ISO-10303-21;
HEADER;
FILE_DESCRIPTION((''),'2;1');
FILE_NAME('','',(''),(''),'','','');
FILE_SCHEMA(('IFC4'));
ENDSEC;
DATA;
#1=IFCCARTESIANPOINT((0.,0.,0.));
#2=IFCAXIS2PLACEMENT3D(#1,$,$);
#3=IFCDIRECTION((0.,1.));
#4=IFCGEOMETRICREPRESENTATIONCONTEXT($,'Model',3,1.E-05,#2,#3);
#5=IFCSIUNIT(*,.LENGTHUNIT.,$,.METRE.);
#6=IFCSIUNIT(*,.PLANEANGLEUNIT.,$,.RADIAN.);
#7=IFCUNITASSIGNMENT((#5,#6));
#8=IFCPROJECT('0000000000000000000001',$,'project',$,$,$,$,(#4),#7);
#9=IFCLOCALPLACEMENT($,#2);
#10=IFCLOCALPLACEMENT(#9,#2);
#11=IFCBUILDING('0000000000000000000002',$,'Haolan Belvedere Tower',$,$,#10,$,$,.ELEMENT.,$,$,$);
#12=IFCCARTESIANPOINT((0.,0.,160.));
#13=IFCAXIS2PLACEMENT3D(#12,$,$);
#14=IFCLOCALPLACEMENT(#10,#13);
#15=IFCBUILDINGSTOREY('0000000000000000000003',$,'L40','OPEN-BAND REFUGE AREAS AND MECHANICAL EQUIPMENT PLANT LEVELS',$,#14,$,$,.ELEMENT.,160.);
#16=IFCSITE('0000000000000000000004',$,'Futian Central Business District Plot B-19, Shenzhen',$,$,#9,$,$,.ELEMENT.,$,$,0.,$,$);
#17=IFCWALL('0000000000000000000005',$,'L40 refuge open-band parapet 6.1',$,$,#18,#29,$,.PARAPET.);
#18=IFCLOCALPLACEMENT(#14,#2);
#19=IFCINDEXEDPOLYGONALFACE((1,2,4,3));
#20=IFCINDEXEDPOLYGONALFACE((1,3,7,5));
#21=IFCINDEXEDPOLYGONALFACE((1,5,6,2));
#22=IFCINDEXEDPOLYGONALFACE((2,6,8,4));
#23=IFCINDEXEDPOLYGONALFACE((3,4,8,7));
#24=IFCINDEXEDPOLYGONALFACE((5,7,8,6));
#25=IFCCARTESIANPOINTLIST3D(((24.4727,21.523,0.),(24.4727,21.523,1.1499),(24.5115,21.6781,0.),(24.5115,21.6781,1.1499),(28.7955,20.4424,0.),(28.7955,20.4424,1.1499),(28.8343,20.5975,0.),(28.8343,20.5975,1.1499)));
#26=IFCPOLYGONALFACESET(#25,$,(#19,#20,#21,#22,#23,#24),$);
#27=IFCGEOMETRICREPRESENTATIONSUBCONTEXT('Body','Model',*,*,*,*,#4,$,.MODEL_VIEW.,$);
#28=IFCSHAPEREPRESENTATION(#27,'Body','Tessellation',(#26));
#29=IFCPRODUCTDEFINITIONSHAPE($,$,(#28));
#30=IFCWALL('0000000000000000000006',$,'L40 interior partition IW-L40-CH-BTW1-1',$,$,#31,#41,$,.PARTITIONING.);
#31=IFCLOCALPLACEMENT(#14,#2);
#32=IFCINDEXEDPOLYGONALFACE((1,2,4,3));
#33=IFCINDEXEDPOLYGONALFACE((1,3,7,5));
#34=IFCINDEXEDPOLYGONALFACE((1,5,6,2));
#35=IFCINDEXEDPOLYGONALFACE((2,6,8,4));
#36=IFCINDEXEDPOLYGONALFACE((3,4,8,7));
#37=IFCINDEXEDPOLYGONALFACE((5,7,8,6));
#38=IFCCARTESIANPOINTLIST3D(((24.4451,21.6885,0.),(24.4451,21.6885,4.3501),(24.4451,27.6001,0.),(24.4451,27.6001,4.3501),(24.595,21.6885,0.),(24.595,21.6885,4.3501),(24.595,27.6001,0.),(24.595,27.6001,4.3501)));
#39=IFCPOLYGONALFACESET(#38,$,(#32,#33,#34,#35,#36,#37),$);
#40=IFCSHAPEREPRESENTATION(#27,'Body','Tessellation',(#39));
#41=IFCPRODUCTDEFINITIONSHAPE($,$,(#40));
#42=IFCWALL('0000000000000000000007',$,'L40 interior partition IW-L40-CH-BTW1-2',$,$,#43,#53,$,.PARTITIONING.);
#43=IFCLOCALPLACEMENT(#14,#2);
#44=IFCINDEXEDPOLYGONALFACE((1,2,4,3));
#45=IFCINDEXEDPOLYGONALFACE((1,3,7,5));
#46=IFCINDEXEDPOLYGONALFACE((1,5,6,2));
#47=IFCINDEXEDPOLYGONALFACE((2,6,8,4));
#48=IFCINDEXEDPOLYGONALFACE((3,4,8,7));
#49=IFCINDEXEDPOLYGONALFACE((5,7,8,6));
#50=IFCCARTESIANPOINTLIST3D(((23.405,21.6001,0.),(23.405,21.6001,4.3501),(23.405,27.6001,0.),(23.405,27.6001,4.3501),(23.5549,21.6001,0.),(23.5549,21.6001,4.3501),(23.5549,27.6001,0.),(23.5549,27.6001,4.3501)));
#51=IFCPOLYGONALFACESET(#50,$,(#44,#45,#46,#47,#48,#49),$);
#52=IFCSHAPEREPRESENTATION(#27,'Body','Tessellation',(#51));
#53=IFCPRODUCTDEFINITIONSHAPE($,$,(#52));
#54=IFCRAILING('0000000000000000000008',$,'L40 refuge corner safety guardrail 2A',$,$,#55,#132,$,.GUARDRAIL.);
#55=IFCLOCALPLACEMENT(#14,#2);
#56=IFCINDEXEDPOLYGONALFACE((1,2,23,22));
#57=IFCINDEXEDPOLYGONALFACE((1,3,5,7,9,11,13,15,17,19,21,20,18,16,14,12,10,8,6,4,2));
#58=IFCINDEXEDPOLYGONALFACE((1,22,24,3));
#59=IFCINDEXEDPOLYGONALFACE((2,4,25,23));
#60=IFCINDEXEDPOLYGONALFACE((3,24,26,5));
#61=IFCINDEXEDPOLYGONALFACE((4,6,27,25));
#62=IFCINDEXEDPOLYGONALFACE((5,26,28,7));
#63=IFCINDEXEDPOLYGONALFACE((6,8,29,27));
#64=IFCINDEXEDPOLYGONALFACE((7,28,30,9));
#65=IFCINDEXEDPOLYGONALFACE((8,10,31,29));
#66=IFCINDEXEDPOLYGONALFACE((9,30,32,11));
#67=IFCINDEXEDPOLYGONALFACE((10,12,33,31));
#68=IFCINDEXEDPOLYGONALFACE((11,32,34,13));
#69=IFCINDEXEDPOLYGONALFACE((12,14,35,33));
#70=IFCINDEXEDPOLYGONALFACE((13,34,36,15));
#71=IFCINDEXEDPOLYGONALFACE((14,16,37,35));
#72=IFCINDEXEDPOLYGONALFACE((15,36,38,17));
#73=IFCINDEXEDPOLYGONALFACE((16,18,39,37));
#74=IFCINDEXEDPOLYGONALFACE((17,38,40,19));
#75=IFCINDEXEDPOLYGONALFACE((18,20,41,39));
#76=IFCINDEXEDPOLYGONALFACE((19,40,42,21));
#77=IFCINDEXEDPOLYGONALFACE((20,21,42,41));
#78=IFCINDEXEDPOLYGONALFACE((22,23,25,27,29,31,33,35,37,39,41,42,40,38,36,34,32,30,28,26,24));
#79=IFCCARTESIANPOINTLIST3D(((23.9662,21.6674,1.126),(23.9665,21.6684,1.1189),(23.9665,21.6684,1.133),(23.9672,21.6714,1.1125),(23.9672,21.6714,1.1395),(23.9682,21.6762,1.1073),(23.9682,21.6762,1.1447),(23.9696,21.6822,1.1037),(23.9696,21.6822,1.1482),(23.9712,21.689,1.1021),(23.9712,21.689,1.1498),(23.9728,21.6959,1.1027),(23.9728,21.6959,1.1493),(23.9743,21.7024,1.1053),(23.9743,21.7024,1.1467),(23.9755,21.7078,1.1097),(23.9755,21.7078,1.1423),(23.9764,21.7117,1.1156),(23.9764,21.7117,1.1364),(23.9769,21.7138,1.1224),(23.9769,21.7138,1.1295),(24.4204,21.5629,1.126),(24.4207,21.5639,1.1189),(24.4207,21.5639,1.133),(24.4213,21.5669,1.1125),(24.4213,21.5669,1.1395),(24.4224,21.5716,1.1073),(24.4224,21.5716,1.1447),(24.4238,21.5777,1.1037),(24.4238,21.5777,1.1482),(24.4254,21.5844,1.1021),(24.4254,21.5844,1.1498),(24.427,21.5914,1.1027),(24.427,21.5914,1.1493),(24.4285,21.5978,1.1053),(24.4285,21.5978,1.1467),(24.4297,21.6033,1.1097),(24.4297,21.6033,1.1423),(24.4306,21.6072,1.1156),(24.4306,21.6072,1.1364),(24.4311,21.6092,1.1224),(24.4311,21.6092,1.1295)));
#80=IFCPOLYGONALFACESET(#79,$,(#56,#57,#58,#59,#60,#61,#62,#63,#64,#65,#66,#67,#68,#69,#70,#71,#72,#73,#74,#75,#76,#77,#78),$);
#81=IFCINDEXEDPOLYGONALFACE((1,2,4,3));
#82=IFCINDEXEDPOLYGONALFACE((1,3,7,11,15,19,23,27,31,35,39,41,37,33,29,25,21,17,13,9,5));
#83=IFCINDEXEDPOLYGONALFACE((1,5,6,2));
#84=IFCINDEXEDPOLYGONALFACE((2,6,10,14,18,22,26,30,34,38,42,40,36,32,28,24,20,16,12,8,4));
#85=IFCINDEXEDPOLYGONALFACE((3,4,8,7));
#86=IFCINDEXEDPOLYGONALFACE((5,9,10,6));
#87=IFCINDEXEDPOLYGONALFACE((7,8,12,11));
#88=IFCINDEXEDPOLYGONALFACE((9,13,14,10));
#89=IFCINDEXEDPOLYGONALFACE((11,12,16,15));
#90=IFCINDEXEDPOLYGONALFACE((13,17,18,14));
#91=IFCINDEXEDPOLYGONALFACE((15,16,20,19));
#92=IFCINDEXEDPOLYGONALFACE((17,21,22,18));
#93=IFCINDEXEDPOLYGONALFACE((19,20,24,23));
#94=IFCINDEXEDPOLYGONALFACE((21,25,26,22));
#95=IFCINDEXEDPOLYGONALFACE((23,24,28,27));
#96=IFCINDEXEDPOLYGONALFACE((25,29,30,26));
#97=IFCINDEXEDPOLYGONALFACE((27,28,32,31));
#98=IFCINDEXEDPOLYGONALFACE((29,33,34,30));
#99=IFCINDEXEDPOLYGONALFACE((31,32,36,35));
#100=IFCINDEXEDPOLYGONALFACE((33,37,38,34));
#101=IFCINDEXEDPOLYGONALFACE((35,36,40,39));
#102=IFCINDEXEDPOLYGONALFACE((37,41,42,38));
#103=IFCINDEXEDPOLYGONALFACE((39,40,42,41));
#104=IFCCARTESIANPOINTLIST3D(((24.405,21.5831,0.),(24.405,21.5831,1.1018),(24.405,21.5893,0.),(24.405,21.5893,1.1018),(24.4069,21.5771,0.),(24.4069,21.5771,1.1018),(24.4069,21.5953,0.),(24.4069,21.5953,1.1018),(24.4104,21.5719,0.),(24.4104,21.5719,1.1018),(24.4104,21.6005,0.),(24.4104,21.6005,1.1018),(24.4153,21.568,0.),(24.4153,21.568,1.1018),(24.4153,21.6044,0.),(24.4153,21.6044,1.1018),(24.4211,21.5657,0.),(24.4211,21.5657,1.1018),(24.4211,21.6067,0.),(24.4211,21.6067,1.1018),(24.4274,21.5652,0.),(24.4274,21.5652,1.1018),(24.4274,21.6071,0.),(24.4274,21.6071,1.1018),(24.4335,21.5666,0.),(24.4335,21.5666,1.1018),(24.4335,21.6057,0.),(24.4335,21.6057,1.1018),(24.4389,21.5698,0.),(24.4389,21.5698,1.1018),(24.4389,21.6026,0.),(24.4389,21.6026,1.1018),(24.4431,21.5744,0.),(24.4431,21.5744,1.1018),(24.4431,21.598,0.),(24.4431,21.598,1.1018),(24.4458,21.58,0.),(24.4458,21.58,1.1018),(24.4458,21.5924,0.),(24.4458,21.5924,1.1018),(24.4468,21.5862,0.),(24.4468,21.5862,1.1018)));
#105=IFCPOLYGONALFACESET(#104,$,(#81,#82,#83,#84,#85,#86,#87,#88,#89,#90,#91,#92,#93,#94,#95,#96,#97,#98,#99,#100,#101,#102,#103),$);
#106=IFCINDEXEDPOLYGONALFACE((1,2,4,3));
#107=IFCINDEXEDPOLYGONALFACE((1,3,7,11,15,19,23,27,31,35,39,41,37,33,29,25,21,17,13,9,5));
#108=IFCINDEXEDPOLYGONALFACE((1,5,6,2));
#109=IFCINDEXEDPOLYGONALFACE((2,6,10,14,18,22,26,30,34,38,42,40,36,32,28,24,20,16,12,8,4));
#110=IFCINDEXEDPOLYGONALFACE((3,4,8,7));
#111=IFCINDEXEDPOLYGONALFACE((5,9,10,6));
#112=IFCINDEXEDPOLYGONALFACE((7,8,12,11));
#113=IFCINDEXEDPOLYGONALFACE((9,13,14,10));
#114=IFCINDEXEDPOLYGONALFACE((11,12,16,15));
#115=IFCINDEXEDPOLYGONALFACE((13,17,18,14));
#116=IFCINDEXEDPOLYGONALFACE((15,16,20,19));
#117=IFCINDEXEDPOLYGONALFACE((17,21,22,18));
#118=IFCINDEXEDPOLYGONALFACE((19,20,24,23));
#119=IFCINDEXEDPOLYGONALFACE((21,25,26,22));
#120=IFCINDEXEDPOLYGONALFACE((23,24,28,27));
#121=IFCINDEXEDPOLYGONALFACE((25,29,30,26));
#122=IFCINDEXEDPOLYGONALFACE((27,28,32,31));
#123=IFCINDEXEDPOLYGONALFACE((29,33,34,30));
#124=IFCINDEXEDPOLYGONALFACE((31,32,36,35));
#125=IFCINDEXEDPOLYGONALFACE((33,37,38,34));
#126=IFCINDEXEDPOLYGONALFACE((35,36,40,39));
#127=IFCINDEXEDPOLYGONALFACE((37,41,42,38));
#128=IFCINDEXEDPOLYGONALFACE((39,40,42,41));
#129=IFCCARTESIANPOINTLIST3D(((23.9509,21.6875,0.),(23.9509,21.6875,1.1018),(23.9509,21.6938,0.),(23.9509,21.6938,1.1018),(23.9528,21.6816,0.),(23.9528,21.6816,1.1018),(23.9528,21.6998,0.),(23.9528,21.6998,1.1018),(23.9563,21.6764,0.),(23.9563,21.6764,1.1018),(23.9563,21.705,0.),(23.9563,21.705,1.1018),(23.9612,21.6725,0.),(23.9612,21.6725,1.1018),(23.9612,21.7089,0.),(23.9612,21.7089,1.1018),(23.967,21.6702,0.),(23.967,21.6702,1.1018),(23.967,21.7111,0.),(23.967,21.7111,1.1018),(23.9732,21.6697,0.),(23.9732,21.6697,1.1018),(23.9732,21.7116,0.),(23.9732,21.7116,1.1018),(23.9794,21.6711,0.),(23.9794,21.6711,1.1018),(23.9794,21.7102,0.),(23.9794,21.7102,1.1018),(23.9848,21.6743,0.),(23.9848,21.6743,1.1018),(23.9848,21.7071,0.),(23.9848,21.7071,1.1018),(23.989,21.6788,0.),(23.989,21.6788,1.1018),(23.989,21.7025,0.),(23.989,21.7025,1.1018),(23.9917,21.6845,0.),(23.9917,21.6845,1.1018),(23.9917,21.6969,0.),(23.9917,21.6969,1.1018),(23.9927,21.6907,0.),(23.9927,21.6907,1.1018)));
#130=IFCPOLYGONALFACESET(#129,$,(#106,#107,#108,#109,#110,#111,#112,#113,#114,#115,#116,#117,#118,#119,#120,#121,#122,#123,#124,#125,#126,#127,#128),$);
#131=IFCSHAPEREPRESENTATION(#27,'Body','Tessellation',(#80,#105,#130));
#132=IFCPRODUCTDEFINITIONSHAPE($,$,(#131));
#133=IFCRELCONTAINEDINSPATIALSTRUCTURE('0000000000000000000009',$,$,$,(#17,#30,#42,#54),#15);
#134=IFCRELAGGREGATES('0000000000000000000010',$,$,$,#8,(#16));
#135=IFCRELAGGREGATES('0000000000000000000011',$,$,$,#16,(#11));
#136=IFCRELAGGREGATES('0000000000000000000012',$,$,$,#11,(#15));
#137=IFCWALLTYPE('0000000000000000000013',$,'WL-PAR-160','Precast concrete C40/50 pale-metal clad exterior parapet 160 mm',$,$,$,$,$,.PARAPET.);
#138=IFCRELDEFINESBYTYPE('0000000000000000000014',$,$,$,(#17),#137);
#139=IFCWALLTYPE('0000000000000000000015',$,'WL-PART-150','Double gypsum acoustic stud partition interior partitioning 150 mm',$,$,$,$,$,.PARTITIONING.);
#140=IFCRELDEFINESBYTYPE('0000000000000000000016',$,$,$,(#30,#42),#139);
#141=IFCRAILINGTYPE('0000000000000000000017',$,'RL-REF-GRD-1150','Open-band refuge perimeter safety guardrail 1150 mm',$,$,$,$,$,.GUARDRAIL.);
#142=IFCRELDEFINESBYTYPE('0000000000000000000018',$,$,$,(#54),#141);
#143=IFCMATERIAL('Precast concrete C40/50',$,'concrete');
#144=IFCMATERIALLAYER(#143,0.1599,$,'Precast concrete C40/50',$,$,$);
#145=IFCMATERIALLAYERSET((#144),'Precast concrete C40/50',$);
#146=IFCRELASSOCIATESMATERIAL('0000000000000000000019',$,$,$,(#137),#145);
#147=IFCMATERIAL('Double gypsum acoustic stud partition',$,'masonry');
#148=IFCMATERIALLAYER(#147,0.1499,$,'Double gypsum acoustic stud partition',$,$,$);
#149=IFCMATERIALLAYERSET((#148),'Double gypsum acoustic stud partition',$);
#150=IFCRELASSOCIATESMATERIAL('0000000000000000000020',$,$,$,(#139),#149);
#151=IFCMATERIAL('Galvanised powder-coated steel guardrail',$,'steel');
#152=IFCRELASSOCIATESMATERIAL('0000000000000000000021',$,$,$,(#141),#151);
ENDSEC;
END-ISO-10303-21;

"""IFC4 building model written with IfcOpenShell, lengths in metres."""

from ifc_helpers import new_model, si_unit, direction, frame, frame_2d, origin, origin_2d, place, context, subcontext, project, spatial, rectangle, circle, extrude, material, layer, layer_set, type_object, element, save


model = new_model("IFC4")

# Units and contexts
model_context = context("Model", 3, precision=1e-05, world=origin(), true_north=direction((0.0, 1.0)))
body_context = subcontext(model_context, "Body", "Model", "MODEL_VIEW")
ifc_project = project(units=[si_unit("LENGTHUNIT", "METRE"), si_unit("PLANEANGLEUNIT", "RADIAN")], contexts=[model_context])

# Site, building, storey
site_placement = place(None, origin())
site = spatial("IfcSite", under=ifc_project, at=site_placement, Name="Futian Central Business District Plot B-19, Shenzhen", CompositionType="ELEMENT", RefElevation=0.0)
building_placement = place(site_placement, origin())
building = spatial("IfcBuilding", under=site, at=building_placement, Name="Haolan Belvedere Tower", CompositionType="ELEMENT")
storey_placement = place(building_placement, frame((0.0, 0.0, 160.0)))
storey = spatial("IfcBuildingStorey", under=building, at=storey_placement, Name="L40", Description="OPEN-BAND REFUGE AREAS AND MECHANICAL EQUIPMENT PLANT LEVELS", CompositionType="ELEMENT", Elevation=160.0)

# Walls
ifc_material_1 = material(Name="Precast concrete C40/50", Category="concrete")
ifc_layer_1 = layer(ifc_material_1, 0.1599, Name="Precast concrete C40/50")
ifc_layer_set_1 = layer_set([ifc_layer_1], Name="Precast concrete C40/50")
wall_type_1 = type_object("IfcWallType", Name="WL-PAR-160", Description="Precast concrete C40/50 pale-metal clad exterior parapet 160 mm", PredefinedType="PARAPET", material=ifc_layer_set_1)
wall_1_placement = place(storey_placement, frame((24.4919, 21.6006, 0.0), z_axis=(0.0, 0.0, 1.0), x_axis=(0.970149, -0.24251, 0.0)))
element("IfcWall", 1, at=wall_1_placement, inside=storey, type_object=wall_type_1, Name="L40 refuge open-band parapet 6.1", PredefinedType="PARAPET", context=body_context, shape_type="SweptSolid", body=[
    extrude(rectangle(XDim=4.4558, YDim=0.1599, at=frame_2d((2.228, 0.0))), origin(), (0.0, 0.0, 1.0), 1.1499),
])
ifc_material_2 = material(Name="Double gypsum acoustic stud partition", Category="masonry")
ifc_layer_2 = layer(ifc_material_2, 0.1499, Name="Double gypsum acoustic stud partition")
ifc_layer_set_2 = layer_set([ifc_layer_2], Name="Double gypsum acoustic stud partition")
wall_type_2 = type_object("IfcWallType", Name="WL-PART-150", Description="Double gypsum acoustic stud partition interior partitioning 150 mm", PredefinedType="PARTITIONING", material=ifc_layer_set_2)
wall_2_placement = place(storey_placement, frame((24.52, 21.6885, 0.0), z_axis=(0.0, 0.0, 1.0), x_axis=(0.0, 1.0, 0.0)))
element("IfcWall", 2, at=wall_2_placement, inside=storey, type_object=wall_type_2, Name="L40 interior partition IW-L40-CH-BTW1-1", PredefinedType="PARTITIONING", context=body_context, shape_type="SweptSolid", body=[
    extrude(rectangle(XDim=5.9116, YDim=0.1499, at=frame_2d((2.9558, 0.0))), origin(), (0.0, 0.0, 1.0), 4.3501),
])
wall_3_placement = place(storey_placement, frame((23.48, 21.6001, 0.0), z_axis=(0.0, 0.0, 1.0), x_axis=(0.0, 1.0, 0.0)))
element("IfcWall", 3, at=wall_3_placement, inside=storey, type_object=wall_type_2, Name="L40 interior partition IW-L40-CH-BTW1-2", PredefinedType="PARTITIONING", context=body_context, shape_type="SweptSolid", body=[
    extrude(rectangle(XDim=6.0, YDim=0.1499, at=frame_2d((3.0, 0.0))), origin(), (0.0, 0.0, 1.0), 4.3501),
])

# Railing
ifc_material_3 = material(Name="Galvanised powder-coated steel guardrail", Category="steel")
railing_type = type_object("IfcRailingType", Name="RL-REF-GRD-1150", Description="Open-band refuge perimeter safety guardrail 1150 mm", PredefinedType="GUARDRAIL", material=ifc_material_3)
railing_1_placement = place(storey_placement, frame((24.4258, 21.5862, 0.0)))
element("IfcRailing", 4, at=railing_1_placement, inside=storey, type_object=railing_type, Name="L40 refuge corner safety guardrail 2A", PredefinedType="GUARDRAIL", context=body_context, shape_type="SweptSolid", body=[
    extrude(circle(Radius=0.0239, at=origin_2d()), frame((0.0, 0.0, 1.126), z_axis=(-0.974532, 0.224247, 0.0), x_axis=(-0.224247, -0.974532, 0.0)), (0.0, 0.0, 1.0), 0.4661),
    extrude(circle(Radius=0.021, at=origin_2d()), origin(), (0.0, 0.0, 1.0), 1.1018),
    extrude(circle(Radius=0.021, at=origin_2d()), frame((-0.4541, 0.1045, 0.0)), (0.0, 0.0, 1.0), 1.1018),
])

save(model, "model.ifc")
